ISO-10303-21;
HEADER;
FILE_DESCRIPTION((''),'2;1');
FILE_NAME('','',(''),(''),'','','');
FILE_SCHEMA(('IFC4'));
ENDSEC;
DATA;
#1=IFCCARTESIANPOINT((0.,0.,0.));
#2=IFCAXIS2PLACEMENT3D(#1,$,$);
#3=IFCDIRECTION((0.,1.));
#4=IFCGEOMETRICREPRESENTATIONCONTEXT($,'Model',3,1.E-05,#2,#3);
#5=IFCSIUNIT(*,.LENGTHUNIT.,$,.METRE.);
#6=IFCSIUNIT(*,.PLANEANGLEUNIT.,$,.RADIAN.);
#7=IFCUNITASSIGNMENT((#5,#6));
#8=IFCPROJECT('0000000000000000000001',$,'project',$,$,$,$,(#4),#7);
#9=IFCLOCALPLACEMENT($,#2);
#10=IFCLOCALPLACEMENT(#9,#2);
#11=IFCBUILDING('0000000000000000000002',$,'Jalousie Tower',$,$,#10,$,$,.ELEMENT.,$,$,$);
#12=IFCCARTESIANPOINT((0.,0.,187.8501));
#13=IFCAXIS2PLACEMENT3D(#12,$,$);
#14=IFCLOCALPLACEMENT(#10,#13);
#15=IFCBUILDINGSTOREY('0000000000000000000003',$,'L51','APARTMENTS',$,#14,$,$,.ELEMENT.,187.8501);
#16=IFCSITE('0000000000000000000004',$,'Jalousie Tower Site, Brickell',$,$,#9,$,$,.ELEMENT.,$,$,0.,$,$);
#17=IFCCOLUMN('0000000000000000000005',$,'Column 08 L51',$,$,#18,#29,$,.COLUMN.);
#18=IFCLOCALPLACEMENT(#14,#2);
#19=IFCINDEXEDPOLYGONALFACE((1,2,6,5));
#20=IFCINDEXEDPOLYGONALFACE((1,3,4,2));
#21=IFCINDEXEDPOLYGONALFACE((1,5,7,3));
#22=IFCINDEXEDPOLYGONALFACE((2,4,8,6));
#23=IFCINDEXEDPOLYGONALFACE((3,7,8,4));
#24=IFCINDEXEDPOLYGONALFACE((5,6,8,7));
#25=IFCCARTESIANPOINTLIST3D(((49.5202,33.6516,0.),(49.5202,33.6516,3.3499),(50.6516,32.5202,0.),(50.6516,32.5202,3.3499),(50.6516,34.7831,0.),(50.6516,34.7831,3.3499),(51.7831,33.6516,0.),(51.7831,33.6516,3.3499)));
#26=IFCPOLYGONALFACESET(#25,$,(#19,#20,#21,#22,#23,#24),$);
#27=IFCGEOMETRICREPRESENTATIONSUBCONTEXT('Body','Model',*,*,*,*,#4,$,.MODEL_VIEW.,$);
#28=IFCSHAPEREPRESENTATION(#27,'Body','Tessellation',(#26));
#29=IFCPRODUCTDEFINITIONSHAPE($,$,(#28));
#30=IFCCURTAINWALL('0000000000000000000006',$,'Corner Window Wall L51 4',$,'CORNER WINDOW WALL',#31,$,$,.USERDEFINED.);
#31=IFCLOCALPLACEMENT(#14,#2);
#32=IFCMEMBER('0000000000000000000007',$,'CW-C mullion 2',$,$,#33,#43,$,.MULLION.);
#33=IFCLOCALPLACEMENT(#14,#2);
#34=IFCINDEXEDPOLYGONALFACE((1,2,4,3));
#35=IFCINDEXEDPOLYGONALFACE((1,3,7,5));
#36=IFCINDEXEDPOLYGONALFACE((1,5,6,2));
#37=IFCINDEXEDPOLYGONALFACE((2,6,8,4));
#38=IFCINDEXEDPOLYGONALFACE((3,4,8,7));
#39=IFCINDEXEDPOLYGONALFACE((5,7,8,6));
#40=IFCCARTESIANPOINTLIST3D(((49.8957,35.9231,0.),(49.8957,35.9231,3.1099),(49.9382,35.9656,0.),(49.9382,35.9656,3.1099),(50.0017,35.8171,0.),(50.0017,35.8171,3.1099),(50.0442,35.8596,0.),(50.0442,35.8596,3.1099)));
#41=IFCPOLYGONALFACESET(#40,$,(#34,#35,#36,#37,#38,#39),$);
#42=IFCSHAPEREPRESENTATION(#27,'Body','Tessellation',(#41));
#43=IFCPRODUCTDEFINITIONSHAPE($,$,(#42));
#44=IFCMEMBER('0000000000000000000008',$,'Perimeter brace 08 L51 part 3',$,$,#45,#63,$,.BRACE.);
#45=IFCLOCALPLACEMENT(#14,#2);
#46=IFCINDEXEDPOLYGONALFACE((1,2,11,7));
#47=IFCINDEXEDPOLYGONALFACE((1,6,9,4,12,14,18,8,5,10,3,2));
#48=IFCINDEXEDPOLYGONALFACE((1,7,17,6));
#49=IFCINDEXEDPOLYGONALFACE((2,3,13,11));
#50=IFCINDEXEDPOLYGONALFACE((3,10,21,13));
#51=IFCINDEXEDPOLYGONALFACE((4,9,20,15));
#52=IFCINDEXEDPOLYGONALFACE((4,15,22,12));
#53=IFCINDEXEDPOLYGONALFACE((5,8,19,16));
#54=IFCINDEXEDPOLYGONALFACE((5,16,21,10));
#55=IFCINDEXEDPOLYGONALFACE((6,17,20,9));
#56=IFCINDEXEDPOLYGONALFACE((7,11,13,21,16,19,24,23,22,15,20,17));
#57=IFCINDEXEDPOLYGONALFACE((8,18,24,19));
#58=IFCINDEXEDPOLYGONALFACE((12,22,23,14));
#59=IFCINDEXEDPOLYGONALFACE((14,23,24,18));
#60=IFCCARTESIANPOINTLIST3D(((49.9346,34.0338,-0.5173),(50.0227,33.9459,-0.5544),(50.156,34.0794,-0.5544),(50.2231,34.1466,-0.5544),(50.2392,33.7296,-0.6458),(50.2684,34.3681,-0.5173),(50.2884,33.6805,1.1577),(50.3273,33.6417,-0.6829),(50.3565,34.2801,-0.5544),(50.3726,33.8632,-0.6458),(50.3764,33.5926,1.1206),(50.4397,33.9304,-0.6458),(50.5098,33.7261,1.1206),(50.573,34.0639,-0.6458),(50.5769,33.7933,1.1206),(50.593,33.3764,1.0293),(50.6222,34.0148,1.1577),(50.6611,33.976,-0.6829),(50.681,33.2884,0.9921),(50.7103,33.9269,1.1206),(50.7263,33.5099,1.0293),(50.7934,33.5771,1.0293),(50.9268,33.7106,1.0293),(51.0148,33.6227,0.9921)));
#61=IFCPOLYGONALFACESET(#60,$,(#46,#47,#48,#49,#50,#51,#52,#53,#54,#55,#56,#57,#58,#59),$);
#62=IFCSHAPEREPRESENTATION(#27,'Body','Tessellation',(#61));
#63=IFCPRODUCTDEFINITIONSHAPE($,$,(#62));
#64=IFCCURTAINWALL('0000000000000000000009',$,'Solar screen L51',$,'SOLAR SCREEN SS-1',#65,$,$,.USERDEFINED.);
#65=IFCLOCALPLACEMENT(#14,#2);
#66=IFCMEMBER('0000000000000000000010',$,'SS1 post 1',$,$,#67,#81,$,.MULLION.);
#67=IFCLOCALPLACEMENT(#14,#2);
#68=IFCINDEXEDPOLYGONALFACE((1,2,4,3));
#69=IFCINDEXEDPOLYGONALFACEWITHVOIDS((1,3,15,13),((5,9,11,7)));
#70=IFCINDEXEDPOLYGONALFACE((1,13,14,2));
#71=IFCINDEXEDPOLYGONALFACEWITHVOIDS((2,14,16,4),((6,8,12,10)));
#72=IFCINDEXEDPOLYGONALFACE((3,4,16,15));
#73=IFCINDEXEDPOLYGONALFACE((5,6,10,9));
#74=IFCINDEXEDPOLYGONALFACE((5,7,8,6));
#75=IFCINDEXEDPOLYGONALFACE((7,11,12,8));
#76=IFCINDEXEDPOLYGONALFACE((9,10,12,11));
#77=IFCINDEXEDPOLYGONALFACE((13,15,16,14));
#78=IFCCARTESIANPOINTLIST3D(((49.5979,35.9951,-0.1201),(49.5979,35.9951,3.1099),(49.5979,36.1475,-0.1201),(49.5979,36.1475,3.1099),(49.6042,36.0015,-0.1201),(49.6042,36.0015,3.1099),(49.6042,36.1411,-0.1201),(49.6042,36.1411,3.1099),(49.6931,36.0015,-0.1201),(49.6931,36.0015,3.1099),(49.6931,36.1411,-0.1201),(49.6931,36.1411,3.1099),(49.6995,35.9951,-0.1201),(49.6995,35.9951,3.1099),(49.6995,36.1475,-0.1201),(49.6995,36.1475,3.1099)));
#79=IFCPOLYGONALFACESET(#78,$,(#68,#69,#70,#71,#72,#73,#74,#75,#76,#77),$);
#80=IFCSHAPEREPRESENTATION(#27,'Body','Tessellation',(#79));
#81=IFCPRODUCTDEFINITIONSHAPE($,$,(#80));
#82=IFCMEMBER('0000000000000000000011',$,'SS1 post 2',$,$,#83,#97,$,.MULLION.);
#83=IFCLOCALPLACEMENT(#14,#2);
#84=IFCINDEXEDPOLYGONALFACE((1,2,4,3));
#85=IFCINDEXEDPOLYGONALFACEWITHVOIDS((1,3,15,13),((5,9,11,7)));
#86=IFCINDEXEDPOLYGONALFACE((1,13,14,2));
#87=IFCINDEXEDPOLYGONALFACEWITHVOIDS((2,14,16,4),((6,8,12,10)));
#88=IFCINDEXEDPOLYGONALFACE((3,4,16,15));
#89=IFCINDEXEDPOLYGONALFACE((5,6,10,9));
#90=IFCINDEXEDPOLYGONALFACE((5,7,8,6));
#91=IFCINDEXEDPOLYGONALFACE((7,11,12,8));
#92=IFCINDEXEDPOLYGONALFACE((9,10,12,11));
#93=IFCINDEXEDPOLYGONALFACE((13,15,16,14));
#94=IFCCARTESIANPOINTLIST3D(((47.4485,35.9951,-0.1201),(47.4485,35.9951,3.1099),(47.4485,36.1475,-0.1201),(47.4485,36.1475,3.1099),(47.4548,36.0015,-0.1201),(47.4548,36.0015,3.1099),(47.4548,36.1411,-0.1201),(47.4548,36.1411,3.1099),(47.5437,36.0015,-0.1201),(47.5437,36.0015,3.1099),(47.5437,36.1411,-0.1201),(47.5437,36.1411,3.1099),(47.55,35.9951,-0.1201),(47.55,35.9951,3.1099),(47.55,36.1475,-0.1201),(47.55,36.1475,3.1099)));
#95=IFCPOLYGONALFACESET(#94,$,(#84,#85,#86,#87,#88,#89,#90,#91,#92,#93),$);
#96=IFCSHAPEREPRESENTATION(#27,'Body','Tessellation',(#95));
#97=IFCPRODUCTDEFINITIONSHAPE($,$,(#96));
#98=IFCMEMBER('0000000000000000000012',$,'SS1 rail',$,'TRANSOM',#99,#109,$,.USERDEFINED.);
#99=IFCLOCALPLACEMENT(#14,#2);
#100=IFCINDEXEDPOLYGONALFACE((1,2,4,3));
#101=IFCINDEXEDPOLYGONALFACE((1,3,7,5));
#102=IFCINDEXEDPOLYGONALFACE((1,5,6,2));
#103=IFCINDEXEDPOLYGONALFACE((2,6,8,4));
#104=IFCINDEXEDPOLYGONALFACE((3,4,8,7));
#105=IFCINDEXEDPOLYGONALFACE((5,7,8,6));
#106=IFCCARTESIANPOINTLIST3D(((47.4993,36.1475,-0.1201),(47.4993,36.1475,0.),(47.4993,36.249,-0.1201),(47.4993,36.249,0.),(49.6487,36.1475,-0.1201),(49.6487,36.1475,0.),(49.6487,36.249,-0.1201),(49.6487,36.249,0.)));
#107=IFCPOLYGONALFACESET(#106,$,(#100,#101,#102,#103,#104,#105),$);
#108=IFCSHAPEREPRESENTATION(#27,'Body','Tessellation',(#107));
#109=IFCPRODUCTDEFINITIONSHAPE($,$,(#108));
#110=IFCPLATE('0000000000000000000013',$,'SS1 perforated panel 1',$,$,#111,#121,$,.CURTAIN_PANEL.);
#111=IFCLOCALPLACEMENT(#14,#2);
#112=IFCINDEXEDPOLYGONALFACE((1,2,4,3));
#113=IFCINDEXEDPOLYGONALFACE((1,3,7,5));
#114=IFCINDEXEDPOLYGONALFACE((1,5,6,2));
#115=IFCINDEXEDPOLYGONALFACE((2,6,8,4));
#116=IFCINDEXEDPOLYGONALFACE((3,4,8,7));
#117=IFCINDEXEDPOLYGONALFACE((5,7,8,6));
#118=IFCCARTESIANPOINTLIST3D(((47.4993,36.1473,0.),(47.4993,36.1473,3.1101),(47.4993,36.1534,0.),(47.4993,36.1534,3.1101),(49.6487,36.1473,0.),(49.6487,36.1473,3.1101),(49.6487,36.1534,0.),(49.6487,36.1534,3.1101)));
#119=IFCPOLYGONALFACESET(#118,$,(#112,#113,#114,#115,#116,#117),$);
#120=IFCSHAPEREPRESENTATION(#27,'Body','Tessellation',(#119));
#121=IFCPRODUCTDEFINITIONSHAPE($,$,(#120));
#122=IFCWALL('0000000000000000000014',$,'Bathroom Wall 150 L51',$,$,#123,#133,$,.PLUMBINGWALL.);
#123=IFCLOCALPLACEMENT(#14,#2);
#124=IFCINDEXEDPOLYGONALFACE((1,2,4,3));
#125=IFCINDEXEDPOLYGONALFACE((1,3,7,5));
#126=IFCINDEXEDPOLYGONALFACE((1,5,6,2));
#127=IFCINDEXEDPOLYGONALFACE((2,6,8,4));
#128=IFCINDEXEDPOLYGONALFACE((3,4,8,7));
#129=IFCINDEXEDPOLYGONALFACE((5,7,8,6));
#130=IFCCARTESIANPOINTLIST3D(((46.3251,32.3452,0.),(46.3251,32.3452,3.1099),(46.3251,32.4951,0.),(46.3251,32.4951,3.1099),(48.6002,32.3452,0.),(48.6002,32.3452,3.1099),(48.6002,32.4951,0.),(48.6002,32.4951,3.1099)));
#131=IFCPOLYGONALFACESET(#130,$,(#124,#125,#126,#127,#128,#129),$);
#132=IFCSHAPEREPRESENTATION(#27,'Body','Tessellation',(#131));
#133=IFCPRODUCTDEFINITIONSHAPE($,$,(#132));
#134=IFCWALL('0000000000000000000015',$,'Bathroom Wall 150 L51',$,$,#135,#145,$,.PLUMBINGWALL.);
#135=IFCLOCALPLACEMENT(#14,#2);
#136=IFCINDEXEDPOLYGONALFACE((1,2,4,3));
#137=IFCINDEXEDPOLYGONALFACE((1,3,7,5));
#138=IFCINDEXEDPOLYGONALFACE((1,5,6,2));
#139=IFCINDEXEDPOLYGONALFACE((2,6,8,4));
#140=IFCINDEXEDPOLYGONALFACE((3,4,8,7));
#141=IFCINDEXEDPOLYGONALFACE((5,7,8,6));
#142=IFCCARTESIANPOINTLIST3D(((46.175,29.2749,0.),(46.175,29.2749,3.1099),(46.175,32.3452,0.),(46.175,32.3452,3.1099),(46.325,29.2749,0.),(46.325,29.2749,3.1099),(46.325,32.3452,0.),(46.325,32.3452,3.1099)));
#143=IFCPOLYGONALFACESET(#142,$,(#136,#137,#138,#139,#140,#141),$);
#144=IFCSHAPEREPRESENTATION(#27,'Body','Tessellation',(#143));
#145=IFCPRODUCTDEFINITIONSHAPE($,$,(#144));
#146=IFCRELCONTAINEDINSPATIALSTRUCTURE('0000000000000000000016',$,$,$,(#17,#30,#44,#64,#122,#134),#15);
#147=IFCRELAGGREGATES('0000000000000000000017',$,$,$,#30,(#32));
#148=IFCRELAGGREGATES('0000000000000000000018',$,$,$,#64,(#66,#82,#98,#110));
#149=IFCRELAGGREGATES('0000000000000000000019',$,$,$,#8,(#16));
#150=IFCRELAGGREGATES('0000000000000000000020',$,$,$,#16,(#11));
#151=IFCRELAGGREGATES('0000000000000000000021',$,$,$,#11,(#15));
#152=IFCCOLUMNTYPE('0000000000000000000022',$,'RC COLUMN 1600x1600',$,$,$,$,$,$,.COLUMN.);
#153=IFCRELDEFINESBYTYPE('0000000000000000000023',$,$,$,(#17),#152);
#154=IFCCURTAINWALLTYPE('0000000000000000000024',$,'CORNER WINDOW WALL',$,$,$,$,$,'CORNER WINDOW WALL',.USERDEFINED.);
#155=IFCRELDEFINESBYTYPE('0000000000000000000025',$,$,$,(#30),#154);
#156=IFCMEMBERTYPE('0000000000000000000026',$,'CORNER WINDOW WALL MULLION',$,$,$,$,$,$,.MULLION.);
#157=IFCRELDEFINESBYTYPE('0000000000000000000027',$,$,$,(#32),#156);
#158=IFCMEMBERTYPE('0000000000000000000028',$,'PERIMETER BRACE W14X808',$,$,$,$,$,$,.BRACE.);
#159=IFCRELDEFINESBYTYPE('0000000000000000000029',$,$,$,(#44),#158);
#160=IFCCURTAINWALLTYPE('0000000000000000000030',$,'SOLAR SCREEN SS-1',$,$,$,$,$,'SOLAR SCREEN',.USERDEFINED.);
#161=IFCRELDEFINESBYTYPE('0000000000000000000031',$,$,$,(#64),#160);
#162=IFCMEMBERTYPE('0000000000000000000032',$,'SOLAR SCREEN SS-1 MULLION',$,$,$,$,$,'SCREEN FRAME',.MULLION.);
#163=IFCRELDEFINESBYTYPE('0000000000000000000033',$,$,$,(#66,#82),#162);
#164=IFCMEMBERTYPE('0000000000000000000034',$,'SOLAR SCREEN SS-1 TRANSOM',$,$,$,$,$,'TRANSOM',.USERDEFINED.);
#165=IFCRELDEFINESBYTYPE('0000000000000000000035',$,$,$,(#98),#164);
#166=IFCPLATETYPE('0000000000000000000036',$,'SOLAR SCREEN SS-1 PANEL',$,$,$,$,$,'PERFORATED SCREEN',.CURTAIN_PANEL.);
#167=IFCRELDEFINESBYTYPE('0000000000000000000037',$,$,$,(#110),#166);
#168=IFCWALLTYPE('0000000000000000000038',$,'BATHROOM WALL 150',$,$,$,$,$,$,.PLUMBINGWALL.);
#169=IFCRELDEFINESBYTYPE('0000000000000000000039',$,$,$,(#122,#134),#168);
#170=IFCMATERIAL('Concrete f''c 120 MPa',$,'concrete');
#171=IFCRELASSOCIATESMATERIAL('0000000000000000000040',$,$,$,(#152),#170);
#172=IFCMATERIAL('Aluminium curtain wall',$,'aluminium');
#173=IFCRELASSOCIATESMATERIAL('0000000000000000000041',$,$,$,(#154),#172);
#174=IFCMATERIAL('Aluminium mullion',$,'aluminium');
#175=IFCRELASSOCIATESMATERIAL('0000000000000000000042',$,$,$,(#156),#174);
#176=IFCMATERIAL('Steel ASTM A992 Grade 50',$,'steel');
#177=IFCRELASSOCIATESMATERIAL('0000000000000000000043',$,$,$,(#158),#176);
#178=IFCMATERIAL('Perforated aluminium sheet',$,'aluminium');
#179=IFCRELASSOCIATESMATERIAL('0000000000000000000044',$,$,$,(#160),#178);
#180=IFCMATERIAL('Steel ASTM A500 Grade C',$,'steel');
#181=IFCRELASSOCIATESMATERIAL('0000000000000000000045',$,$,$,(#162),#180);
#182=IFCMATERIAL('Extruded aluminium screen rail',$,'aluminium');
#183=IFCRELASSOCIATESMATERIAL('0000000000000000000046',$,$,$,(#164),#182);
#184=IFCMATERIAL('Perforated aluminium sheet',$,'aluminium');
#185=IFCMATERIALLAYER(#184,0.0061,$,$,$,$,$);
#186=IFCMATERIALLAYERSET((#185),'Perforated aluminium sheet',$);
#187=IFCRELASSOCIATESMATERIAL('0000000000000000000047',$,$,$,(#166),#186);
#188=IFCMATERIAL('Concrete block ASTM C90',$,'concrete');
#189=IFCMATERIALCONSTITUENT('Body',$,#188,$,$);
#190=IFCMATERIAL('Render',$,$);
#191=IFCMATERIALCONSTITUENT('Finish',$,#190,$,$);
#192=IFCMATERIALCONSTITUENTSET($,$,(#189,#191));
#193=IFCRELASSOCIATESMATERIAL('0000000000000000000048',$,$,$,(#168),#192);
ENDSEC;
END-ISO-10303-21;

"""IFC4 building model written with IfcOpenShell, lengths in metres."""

from ifc_helpers import new_model, si_unit, direction, frame, frame_2d, origin, origin_2d, place, context, subcontext, project, spatial, rectangle, hollow_rectangle, i_section, extrude, material, layer, layer_set, constituent, constituent_set, material_profile, profile_set, type_object, element, aggregate, save


model = new_model("IFC4")

# Units and contexts
model_context = context("Model", 3, precision=1e-05, world=origin(), true_north=direction((0.0, 1.0)))
body_context = subcontext(model_context, "Body", "Model", "MODEL_VIEW")
ifc_project = project(units=[si_unit("LENGTHUNIT", "METRE"), si_unit("PLANEANGLEUNIT", "RADIAN")], contexts=[model_context])

# Site, building, storey
site_placement = place(None, origin())
site = spatial("IfcSite", under=ifc_project, at=site_placement, Name="Jalousie Tower Site, Brickell", CompositionType="ELEMENT", RefElevation=0.0)
building_placement = place(site_placement, origin())
building = spatial("IfcBuilding", under=site, at=building_placement, Name="Jalousie Tower", CompositionType="ELEMENT")
storey_placement = place(building_placement, frame((0.0, 0.0, 187.8501)))
storey = spatial("IfcBuildingStorey", under=building, at=storey_placement, Name="L51", Description="APARTMENTS", CompositionType="ELEMENT", Elevation=187.8501)

# Column
ifc_material_1 = material(Name="Concrete f'c 120 MPa", Category="concrete")
ifc_material_profile_1 = material_profile(ifc_material_1, rectangle(XDim=1.6001, YDim=1.6001, at=origin_2d()), Name="RC 1600x1600")
ifc_profile_set_1 = profile_set([ifc_material_profile_1], Name="Concrete f'c 120 MPa")
column_type = type_object("IfcColumnType", Name="RC COLUMN 1600x1600", PredefinedType="COLUMN", material=ifc_profile_set_1)
column_placement = place(storey_placement, frame((50.6516, 33.6516, 0.0), z_axis=(0.0, 0.0, 1.0), x_axis=(0.707107, 0.707107, 0.0)))
element("IfcColumn", 1, at=column_placement, inside=storey, type_object=column_type, Name="Column 08 L51", PredefinedType="COLUMN", context=body_context, shape_type="SweptSolid", body=[
    extrude(rectangle(XDim=1.6001, YDim=1.6001, at=origin_2d()), origin(), (0.0, 0.0, 1.0), 3.3499),
])

# Curtain wall, member
ifc_material_2 = material(Name="Aluminium curtain wall", Category="aluminium")
curtain_wall_type_1 = type_object("IfcCurtainWallType", Name="CORNER WINDOW WALL", ElementType="CORNER WINDOW WALL", PredefinedType="USERDEFINED", material=ifc_material_2)
curtain_wall_1_placement = place(storey_placement, origin())
curtain_wall_1 = element("IfcCurtainWall", 2, at=curtain_wall_1_placement, inside=storey, type_object=curtain_wall_type_1, Name="Corner Window Wall L51 4", ObjectType="CORNER WINDOW WALL", PredefinedType="USERDEFINED")
ifc_material_3 = material(Name="Aluminium mullion", Category="aluminium")
ifc_material_profile_2 = material_profile(ifc_material_3, rectangle(XDim=0.0601, YDim=0.1499, at=origin_2d()), Name="MULLION 60x150")
ifc_profile_set_2 = profile_set([ifc_material_profile_2], Name="Aluminium mullion")
member_type_1 = type_object("IfcMemberType", Name="CORNER WINDOW WALL MULLION", PredefinedType="MULLION", material=ifc_profile_set_2)
member_1_placement = place(storey_placement, frame((49.97, 35.8914, 0.0), z_axis=(0.0, 0.0, 1.0), x_axis=(-0.707107, -0.707107, 0.0)))
member_1 = element("IfcMember", 3, at=member_1_placement, type_object=member_type_1, Name="CW-C mullion 2", PredefinedType="MULLION", context=body_context, shape_type="SweptSolid", body=[
    extrude(rectangle(XDim=0.0601, YDim=0.1499, at=origin_2d()), origin(), (0.0, 0.0, 1.0), 3.1099),
])
aggregate(curtain_wall_1, [member_1])

# Member
ifc_material_4 = material(Name="Steel ASTM A992 Grade 50", Category="steel")
ifc_material_profile_3 = material_profile(ifc_material_4, i_section(OverallWidth=0.4724, OverallDepth=0.5791, WebThickness=0.095, FlangeThickness=0.1299, at=origin_2d()), Name="W14X808")
ifc_profile_set_3 = profile_set([ifc_material_profile_3], Name="Steel ASTM A992 Grade 50")
member_type_2 = type_object("IfcMemberType", Name="PERIMETER BRACE W14X808", PredefinedType="BRACE", material=ifc_profile_set_3)
member_2_placement = place(storey_placement, frame((50.2979, 34.0049, -0.6001), z_axis=(0.202372, -0.202093, 0.95823), x_axis=(0.706618, 0.707595, 0.0)))
element("IfcMember", 4, at=member_2_placement, inside=storey, type_object=member_type_2, Name="Perimeter brace 08 L51 part 3", PredefinedType="BRACE", context=body_context, shape_type="SweptSolid", body=[
    extrude(i_section(OverallWidth=0.4724, OverallDepth=0.5791, WebThickness=0.095, FlangeThickness=0.1299, at=origin_2d()), origin(), (0.0, 0.0, 1.0), 1.748),
])

# Curtain wall, members, plate
ifc_material_5 = material(Name="Perforated aluminium sheet", Category="aluminium")
curtain_wall_type_2 = type_object("IfcCurtainWallType", Name="SOLAR SCREEN SS-1", ElementType="SOLAR SCREEN", PredefinedType="USERDEFINED", material=ifc_material_5)
curtain_wall_2_placement = place(storey_placement, origin())
curtain_wall_2 = element("IfcCurtainWall", 5, at=curtain_wall_2_placement, inside=storey, type_object=curtain_wall_type_2, Name="Solar screen L51", ObjectType="SOLAR SCREEN SS-1", PredefinedType="USERDEFINED")
ifc_material_6 = material(Name="Steel ASTM A500 Grade C", Category="steel")
ifc_material_profile_4 = material_profile(ifc_material_6, hollow_rectangle(XDim=0.1016, YDim=0.1523, WallThickness=0.0063, at=origin_2d()), Name="HSS6X4X1/4")
ifc_profile_set_4 = profile_set([ifc_material_profile_4], Name="Steel ASTM A500 Grade C")
member_type_3 = type_object("IfcMemberType", Name="SOLAR SCREEN SS-1 MULLION", ElementType="SCREEN FRAME", PredefinedType="MULLION", material=ifc_profile_set_4)
member_3_placement = place(storey_placement, frame((49.6487, 36.0713, -0.1201), z_axis=(0.0, 0.0, 1.0), x_axis=(-1.0, 0.0, 0.0)))
member_3 = element("IfcMember", 6, at=member_3_placement, type_object=member_type_3, Name="SS1 post 1", PredefinedType="MULLION", context=body_context, shape_type="SweptSolid", body=[
    extrude(hollow_rectangle(XDim=0.1016, YDim=0.1523, WallThickness=0.0063, at=origin_2d()), origin(), (0.0, 0.0, 1.0), 3.23),
])
member_4_placement = place(storey_placement, frame((47.4993, 36.0713, -0.1201), z_axis=(0.0, 0.0, 1.0), x_axis=(-1.0, 0.0, 0.0)))
member_4 = element("IfcMember", 7, at=member_4_placement, type_object=member_type_3, Name="SS1 post 2", PredefinedType="MULLION", context=body_context, shape_type="SweptSolid", body=[
    extrude(hollow_rectangle(XDim=0.1016, YDim=0.1523, WallThickness=0.0063, at=origin_2d()), origin(), (0.0, 0.0, 1.0), 3.23),
])
ifc_material_7 = material(Name="Extruded aluminium screen rail", Category="aluminium")
ifc_material_profile_5 = material_profile(ifc_material_7, rectangle(XDim=0.1016, YDim=0.1201, at=origin_2d()), Name="RAIL 102x120")
ifc_profile_set_5 = profile_set([ifc_material_profile_5], Name="Extruded aluminium screen rail")
member_type_4 = type_object("IfcMemberType", Name="SOLAR SCREEN SS-1 TRANSOM", ElementType="TRANSOM", PredefinedType="USERDEFINED", material=ifc_profile_set_5)
member_5_placement = place(storey_placement, frame((49.6487, 36.1982, -0.0601), z_axis=(-1.0, 0.0, 0.0), x_axis=(0.0, -1.0, 0.0)))
member_5 = element("IfcMember", 8, at=member_5_placement, type_object=member_type_4, Name="SS1 rail", ObjectType="TRANSOM", PredefinedType="USERDEFINED", context=body_context, shape_type="SweptSolid", body=[
    extrude(rectangle(XDim=0.1016, YDim=0.1201, at=origin_2d()), origin(), (0.0, 0.0, 1.0), 2.1494),
])
ifc_material_8 = material(Name="Perforated aluminium sheet", Category="aluminium")
ifc_layer = layer(ifc_material_8, 0.0061)
ifc_layer_set = layer_set([ifc_layer], Name="Perforated aluminium sheet")
plate_type = type_object("IfcPlateType", Name="SOLAR SCREEN SS-1 PANEL", ElementType="PERFORATED SCREEN", PredefinedType="CURTAIN_PANEL", material=ifc_layer_set)
plate_placement = place(storey_placement, frame((48.574, 36.1504, 0.0), z_axis=(0.0, 0.0, 1.0), x_axis=(-1.0, 0.0, 0.0)))
plate = element("IfcPlate", 9, at=plate_placement, type_object=plate_type, Name="SS1 perforated panel 1", PredefinedType="CURTAIN_PANEL", context=body_context, shape_type="SweptSolid", body=[
    extrude(rectangle(XDim=2.1494, YDim=0.0061, at=origin_2d()), origin(), (0.0, 0.0, 1.0), 3.1101),
])
aggregate(curtain_wall_2, [member_3, member_4, member_5, plate])

# Walls
ifc_material_9 = material(Name="Concrete block ASTM C90", Category="concrete")
ifc_constituent_1 = constituent(ifc_material_9, Name="Body")
ifc_material_10 = material(Name="Render")
ifc_constituent_2 = constituent(ifc_material_10, Name="Finish")
ifc_constituent_set_1 = constituent_set(constituents=[ifc_constituent_1, ifc_constituent_2])
wall_type_1 = type_object("IfcWallType", Name="BATHROOM WALL 150", PredefinedType="PLUMBINGWALL", material=ifc_constituent_set_1)
wall_1_placement = place(storey_placement, frame((46.325, 32.4202, 0.0), z_axis=(0.0, 0.0, 1.0), x_axis=(1.0, 0.0, 0.0)))
element("IfcWall", 10, at=wall_1_placement, inside=storey, type_object=wall_type_1, Name="Bathroom Wall 150 L51", PredefinedType="PLUMBINGWALL", context=body_context, shape_type="SweptSolid", body=[
    extrude(rectangle(XDim=2.2751, YDim=0.1499, at=frame_2d((1.1377, 0.0))), origin(), (0.0, 0.0, 1.0), 3.1099),
])
wall_2_placement = place(storey_placement, frame((46.25, 32.3452, 0.0), z_axis=(0.0, 0.0, 1.0), x_axis=(0.0, -1.0, 0.0)))
element("IfcWall", 11, at=wall_2_placement, inside=storey, type_object=wall_type_1, Name="Bathroom Wall 150 L51", PredefinedType="PLUMBINGWALL", context=body_context, shape_type="SweptSolid", body=[
    extrude(rectangle(XDim=3.0703, YDim=0.1499, at=frame_2d((1.5352, 0.0))), origin(), (0.0, 0.0, 1.0), 3.1099),
])

save(model, "model.ifc")
